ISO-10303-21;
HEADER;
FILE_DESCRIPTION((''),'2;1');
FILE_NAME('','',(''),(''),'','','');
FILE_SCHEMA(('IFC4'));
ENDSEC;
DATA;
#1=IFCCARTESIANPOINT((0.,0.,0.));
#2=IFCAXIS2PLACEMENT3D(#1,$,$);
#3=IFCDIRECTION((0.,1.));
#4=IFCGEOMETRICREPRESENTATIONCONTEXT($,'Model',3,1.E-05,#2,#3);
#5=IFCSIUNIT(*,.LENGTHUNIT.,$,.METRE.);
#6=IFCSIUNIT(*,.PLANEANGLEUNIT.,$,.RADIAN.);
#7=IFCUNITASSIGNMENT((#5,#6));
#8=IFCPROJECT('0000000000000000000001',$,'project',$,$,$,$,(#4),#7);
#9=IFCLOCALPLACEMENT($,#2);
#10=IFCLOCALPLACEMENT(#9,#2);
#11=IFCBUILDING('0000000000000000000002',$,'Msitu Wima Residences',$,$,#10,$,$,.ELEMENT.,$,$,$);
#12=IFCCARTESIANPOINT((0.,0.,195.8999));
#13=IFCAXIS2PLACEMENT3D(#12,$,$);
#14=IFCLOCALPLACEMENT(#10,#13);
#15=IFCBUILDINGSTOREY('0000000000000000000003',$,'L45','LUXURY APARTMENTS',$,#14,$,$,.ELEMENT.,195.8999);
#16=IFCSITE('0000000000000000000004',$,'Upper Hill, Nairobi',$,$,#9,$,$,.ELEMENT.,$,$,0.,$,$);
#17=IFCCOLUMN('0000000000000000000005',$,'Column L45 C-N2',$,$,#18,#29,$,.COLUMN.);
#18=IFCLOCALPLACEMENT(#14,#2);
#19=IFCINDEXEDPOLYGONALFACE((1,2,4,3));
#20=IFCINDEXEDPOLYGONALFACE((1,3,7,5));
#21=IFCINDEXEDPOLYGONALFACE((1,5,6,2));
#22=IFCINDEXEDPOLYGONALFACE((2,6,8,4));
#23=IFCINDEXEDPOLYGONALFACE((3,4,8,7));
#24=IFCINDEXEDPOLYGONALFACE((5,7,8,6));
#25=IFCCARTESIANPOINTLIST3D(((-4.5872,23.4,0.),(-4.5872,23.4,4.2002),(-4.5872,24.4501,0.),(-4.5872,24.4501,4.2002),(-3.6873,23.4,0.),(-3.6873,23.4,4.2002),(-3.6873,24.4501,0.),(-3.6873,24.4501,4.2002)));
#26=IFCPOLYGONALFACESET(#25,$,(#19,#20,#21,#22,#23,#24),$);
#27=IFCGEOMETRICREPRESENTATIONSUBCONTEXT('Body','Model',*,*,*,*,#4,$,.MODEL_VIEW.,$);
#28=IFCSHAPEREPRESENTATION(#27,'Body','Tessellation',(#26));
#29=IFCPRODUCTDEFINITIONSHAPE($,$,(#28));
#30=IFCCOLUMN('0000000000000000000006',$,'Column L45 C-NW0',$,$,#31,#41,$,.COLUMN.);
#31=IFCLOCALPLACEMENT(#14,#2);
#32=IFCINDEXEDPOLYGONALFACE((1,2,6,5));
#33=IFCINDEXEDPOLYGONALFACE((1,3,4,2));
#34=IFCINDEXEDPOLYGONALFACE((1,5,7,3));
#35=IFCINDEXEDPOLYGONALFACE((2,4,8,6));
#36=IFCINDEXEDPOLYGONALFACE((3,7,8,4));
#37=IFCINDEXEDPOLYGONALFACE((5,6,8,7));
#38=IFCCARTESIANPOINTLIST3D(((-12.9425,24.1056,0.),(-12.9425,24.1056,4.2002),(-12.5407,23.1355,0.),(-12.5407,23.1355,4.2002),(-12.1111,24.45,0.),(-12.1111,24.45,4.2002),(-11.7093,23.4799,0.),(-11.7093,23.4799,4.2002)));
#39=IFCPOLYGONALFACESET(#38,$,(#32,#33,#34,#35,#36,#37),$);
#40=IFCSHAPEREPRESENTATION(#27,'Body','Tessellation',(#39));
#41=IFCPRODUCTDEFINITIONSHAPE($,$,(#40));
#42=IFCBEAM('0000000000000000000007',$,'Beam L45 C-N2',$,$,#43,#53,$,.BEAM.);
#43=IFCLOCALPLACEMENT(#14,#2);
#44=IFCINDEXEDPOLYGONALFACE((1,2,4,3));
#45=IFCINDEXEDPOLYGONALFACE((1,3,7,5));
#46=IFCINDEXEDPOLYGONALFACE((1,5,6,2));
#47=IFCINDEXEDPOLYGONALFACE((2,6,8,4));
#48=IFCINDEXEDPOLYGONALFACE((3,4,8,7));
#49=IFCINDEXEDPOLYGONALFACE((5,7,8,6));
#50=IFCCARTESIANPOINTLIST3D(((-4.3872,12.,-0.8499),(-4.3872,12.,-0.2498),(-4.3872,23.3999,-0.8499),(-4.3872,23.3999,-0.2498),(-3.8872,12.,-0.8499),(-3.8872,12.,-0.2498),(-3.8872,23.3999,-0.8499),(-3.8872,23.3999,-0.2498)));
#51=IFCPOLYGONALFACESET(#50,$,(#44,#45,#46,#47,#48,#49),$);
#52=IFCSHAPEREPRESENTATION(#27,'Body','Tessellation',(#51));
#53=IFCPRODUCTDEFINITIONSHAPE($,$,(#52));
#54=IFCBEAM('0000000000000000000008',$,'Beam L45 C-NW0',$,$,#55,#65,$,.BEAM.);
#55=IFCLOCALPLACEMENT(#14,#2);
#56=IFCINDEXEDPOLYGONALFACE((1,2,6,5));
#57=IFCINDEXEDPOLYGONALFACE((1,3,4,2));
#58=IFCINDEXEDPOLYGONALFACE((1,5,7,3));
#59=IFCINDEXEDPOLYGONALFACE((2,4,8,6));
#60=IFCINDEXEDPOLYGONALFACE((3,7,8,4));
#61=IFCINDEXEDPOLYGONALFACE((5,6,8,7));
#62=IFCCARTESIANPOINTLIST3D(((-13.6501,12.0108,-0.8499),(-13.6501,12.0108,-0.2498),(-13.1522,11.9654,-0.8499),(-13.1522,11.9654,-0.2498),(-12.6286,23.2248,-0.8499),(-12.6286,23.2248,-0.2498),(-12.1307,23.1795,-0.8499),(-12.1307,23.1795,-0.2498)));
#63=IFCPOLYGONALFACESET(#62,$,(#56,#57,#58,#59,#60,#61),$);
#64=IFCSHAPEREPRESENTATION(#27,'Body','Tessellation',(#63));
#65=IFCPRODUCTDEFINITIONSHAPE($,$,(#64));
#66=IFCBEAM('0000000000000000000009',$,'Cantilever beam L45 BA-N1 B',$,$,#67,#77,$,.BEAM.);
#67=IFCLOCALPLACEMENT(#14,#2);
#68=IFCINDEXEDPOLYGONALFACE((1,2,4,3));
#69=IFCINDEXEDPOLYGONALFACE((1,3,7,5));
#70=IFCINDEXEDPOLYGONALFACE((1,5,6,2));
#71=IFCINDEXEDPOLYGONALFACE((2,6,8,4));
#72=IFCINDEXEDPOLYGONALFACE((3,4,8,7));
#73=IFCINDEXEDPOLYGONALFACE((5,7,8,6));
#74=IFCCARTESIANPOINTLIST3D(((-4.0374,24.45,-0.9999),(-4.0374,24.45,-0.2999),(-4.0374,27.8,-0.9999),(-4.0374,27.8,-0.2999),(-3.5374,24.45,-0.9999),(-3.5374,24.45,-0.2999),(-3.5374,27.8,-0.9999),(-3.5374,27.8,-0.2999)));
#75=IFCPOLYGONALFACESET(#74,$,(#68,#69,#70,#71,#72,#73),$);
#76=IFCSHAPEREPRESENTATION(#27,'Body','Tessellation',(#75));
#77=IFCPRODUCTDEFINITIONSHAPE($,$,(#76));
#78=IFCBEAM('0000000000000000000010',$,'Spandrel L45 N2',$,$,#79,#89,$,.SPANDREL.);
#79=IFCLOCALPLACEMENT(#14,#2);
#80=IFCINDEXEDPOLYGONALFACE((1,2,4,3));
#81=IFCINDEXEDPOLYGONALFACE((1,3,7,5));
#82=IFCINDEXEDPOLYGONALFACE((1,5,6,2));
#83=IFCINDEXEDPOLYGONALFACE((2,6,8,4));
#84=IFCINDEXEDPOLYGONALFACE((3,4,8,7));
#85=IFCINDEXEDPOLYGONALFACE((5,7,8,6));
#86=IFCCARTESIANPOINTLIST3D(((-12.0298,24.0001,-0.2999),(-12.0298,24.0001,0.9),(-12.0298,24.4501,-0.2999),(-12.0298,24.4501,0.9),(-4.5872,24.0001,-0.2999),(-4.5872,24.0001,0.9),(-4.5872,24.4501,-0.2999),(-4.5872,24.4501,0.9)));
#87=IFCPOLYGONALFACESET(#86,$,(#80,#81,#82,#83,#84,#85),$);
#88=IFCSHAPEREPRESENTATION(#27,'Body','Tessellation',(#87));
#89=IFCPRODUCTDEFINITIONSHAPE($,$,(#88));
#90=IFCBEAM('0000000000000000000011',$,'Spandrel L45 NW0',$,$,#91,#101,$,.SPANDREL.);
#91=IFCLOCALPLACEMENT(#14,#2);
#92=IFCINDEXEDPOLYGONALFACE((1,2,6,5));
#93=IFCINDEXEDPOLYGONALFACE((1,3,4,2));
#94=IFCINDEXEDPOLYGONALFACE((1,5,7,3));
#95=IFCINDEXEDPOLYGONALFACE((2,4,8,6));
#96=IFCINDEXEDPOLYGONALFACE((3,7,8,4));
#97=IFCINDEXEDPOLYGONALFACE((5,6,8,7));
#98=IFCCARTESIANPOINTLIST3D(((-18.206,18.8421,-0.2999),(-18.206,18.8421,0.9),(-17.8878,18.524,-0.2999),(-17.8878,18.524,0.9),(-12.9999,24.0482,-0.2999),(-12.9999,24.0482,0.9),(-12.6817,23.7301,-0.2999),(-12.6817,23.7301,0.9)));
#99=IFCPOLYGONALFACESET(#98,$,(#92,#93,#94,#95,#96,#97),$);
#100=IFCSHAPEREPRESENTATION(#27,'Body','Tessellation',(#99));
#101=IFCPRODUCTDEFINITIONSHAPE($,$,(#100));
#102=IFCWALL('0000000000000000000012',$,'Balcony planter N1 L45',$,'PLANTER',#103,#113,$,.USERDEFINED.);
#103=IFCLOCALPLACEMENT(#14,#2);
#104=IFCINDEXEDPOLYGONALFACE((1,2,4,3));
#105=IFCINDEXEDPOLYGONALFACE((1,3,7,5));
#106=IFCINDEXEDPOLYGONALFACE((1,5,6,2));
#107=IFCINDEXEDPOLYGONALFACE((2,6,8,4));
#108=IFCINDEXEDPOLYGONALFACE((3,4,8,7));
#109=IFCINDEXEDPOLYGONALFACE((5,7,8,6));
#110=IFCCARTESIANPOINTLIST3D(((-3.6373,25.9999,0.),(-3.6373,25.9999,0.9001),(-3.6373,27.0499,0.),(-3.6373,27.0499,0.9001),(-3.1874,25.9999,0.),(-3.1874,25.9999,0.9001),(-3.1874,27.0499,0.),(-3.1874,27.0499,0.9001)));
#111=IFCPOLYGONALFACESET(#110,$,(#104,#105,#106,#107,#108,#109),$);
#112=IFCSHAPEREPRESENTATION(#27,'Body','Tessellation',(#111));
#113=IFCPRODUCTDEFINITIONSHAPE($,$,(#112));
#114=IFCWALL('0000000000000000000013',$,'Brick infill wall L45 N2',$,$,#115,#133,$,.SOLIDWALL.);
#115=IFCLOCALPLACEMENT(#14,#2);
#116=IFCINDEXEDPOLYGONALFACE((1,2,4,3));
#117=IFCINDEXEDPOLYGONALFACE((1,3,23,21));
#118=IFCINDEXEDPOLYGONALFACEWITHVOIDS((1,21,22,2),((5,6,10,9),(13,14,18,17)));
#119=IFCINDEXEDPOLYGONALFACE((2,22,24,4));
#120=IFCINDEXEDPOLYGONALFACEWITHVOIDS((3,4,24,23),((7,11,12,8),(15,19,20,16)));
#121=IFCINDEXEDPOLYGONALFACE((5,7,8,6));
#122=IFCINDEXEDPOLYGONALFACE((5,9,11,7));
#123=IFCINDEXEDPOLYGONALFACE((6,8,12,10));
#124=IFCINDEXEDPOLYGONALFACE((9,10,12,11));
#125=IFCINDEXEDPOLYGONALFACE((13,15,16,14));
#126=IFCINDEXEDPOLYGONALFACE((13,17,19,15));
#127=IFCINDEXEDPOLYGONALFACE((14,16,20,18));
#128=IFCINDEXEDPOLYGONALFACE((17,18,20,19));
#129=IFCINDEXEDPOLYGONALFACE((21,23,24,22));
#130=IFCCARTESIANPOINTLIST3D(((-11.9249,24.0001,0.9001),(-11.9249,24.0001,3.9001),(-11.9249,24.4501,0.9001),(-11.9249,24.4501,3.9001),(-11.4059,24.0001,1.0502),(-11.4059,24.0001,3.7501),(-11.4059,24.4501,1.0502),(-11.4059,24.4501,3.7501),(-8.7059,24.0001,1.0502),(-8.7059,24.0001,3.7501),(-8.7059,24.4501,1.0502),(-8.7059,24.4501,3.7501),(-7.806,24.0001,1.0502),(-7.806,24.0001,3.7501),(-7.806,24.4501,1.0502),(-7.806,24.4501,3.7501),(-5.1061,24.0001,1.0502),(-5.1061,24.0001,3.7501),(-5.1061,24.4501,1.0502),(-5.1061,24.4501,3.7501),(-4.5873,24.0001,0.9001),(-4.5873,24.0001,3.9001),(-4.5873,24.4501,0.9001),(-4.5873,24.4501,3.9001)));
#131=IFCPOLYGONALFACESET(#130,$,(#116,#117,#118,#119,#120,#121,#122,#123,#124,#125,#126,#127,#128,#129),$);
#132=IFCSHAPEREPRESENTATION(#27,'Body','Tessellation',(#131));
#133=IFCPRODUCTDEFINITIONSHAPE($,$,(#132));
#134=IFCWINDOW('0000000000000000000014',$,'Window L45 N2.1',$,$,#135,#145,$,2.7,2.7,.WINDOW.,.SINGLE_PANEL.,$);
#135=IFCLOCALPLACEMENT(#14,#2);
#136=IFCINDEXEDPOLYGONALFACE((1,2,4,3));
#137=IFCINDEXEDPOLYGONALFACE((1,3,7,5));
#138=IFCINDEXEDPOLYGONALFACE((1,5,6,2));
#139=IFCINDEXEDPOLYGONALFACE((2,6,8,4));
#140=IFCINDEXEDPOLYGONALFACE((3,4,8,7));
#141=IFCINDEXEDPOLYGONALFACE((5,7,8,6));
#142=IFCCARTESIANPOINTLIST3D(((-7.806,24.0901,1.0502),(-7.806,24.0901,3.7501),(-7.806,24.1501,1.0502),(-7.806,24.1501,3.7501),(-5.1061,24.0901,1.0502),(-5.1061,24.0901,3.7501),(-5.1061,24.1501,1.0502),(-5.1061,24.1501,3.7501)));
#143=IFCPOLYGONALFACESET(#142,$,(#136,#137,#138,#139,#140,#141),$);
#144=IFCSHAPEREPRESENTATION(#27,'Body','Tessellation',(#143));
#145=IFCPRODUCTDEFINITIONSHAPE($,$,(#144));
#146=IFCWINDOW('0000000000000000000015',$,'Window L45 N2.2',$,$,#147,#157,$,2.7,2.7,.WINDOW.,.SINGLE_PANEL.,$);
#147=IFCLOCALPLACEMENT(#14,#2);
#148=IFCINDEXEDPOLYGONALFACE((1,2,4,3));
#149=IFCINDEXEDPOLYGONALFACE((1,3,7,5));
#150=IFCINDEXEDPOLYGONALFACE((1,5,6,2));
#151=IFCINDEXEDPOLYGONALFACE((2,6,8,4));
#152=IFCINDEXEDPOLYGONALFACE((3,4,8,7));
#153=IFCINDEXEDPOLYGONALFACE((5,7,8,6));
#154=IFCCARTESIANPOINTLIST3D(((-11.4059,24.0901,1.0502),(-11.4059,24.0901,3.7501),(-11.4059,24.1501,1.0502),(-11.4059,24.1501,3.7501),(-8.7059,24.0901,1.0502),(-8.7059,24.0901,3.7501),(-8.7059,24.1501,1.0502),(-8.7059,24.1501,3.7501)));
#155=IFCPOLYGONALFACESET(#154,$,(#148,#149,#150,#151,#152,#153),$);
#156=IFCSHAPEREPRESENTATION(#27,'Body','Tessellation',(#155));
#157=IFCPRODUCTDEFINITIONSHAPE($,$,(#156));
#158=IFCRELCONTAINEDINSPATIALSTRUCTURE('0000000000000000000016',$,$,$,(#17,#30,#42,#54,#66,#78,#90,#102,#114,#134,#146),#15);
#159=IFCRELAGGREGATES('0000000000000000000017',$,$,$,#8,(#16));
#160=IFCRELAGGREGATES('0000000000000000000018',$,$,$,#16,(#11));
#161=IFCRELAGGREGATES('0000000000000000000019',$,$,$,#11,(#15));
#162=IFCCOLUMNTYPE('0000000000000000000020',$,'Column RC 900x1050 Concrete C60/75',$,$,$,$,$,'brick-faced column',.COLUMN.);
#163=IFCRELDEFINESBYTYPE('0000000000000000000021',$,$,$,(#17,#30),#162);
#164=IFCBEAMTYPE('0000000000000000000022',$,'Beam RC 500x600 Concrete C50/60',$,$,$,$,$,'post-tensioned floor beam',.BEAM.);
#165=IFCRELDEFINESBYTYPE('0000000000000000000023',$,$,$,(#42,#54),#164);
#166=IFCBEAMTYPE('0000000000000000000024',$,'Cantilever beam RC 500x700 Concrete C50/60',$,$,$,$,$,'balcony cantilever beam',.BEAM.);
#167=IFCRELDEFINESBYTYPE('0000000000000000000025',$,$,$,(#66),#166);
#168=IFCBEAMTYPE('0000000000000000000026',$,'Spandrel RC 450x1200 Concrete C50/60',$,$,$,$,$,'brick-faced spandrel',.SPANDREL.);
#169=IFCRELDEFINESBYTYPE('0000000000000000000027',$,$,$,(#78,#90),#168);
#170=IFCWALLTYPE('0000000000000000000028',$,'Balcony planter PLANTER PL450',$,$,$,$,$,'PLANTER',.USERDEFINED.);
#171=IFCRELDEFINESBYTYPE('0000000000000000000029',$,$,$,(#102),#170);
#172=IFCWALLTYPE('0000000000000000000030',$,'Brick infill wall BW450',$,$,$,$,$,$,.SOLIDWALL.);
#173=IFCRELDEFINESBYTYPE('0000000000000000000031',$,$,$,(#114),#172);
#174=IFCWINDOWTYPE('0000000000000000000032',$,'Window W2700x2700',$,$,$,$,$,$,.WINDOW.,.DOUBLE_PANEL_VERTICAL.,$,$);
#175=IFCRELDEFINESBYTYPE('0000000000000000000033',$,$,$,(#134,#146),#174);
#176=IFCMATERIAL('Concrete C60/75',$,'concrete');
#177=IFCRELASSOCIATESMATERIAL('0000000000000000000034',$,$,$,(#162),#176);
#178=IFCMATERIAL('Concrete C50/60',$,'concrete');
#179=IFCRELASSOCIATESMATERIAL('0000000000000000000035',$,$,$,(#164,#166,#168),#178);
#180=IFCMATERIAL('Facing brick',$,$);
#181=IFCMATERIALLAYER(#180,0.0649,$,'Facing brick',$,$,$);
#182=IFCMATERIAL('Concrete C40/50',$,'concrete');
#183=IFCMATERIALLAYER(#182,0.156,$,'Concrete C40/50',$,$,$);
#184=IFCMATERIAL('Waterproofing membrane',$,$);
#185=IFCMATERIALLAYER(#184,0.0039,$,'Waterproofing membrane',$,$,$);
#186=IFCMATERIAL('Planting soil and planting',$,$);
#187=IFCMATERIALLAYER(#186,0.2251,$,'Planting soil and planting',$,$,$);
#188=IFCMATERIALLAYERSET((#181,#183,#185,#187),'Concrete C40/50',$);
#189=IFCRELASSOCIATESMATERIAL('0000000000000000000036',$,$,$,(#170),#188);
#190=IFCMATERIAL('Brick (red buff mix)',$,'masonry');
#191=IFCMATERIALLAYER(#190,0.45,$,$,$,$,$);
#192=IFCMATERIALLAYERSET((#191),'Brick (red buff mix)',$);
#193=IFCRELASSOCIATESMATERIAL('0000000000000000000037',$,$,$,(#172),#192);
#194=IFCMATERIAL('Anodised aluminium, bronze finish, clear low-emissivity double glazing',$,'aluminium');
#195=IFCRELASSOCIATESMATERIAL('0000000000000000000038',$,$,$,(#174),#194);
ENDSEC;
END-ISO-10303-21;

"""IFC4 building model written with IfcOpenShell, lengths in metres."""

from ifc_helpers import new_model, si_unit, direction, frame, frame_2d, origin, origin_2d, place, context, subcontext, project, spatial, rectangle, extrude, material, layer, layer_set, material_profile, profile_set, type_object, element, fill, save


model = new_model("IFC4")

# Units and contexts
model_context = context("Model", 3, precision=1e-05, world=origin(), true_north=direction((0.0, 1.0)))
body_context = subcontext(model_context, "Body", "Model", "MODEL_VIEW")
ifc_project = project(units=[si_unit("LENGTHUNIT", "METRE"), si_unit("PLANEANGLEUNIT", "RADIAN")], contexts=[model_context])

# Site, building, storey
site_placement = place(None, origin())
site = spatial("IfcSite", under=ifc_project, at=site_placement, Name="Upper Hill, Nairobi", CompositionType="ELEMENT", RefElevation=0.0)
building_placement = place(site_placement, origin())
building = spatial("IfcBuilding", under=site, at=building_placement, Name="Msitu Wima Residences", CompositionType="ELEMENT")
storey_placement = place(building_placement, frame((0.0, 0.0, 195.8999)))
storey = spatial("IfcBuildingStorey", under=building, at=storey_placement, Name="L45", Description="LUXURY APARTMENTS", CompositionType="ELEMENT", Elevation=195.8999)

# Columns
ifc_material_1 = material(Name="Concrete C60/75", Category="concrete")
ifc_material_profile_1 = material_profile(ifc_material_1, rectangle(XDim=0.8999, YDim=1.05, at=origin_2d()), Name="RC 900x1050")
ifc_profile_set_1 = profile_set([ifc_material_profile_1], Name="Concrete C60/75")
column_type = type_object("IfcColumnType", Name="Column RC 900x1050 Concrete C60/75", ElementType="brick-faced column", PredefinedType="COLUMN", material=ifc_profile_set_1)
for number, where, z_axis, x_axis, name in (
    (1, (-4.1372, 23.925, 0.0), (0.0, 0.0, 1.0), (-1.0, 0.0, 0.0), "Column L45 C-N2"),
    (2, (-12.3259, 23.7927, 0.0), (0.0, 0.0, 1.0), (-0.92388, -0.382683, 0.0), "Column L45 C-NW0"),
):
    element("IfcColumn", number, at=place(storey_placement, frame(where, z_axis=z_axis, x_axis=x_axis)), inside=storey, type_object=column_type, Name=name, PredefinedType="COLUMN", context=body_context, shape_type="SweptSolid", body=[
        extrude(rectangle(XDim=0.8999, YDim=1.05, at=origin_2d()), origin(), (0.0, 0.0, 1.0), 4.2002),
    ])

# Beams
ifc_material_2 = material(Name="Concrete C50/60", Category="concrete")
ifc_material_profile_2 = material_profile(ifc_material_2, rectangle(XDim=0.5, YDim=0.6001, at=origin_2d()), Name="RC 500x600")
ifc_profile_set_2 = profile_set([ifc_material_profile_2], Name="Concrete C50/60")
beam_type_1 = type_object("IfcBeamType", Name="Beam RC 500x600 Concrete C50/60", ElementType="post-tensioned floor beam", PredefinedType="BEAM", material=ifc_profile_set_2)
beam_1_placement = place(storey_placement, frame((-4.1372, 23.3999, -0.5498), z_axis=(0.0, -1.0, 0.0), x_axis=(1.0, 0.0, 0.0)))
element("IfcBeam", 3, at=beam_1_placement, inside=storey, type_object=beam_type_1, Name="Beam L45 C-N2", PredefinedType="BEAM", context=body_context, shape_type="SweptSolid", body=[
    extrude(rectangle(XDim=0.5, YDim=0.6001, at=origin_2d()), origin(), (0.0, 0.0, 1.0), 11.3999),
])
beam_2_placement = place(storey_placement, frame((-12.3796, 23.2021, -0.5498), z_axis=(-0.090714, -0.995877, 0.0), x_axis=(0.995877, -0.090714, 0.0)))
element("IfcBeam", 4, at=beam_2_placement, inside=storey, type_object=beam_type_1, Name="Beam L45 C-NW0", PredefinedType="BEAM", context=body_context, shape_type="SweptSolid", body=[
    extrude(rectangle(XDim=0.5, YDim=0.6001, at=origin_2d()), origin(), (0.0, 0.0, 1.0), 11.2605),
])
ifc_material_profile_3 = material_profile(ifc_material_2, rectangle(XDim=0.5, YDim=0.7, at=origin_2d()), Name="RC 500x700")
ifc_profile_set_3 = profile_set([ifc_material_profile_3], Name="Concrete C50/60")
beam_type_2 = type_object("IfcBeamType", Name="Cantilever beam RC 500x700 Concrete C50/60", ElementType="balcony cantilever beam", PredefinedType="BEAM", material=ifc_profile_set_3)
beam_3_placement = place(storey_placement, frame((-3.7874, 24.45, -0.6499), z_axis=(0.0, 1.0, 0.0), x_axis=(-1.0, 0.0, 0.0)))
element("IfcBeam", 5, at=beam_3_placement, inside=storey, type_object=beam_type_2, Name="Cantilever beam L45 BA-N1 B", PredefinedType="BEAM", context=body_context, shape_type="SweptSolid", body=[
    extrude(rectangle(XDim=0.5, YDim=0.7, at=origin_2d()), origin(), (0.0, 0.0, 1.0), 3.3501),
])
ifc_material_profile_4 = material_profile(ifc_material_2, rectangle(XDim=0.45, YDim=1.2, at=origin_2d()), Name="RC 450x1200")
ifc_profile_set_4 = profile_set([ifc_material_profile_4], Name="Concrete C50/60")
beam_type_3 = type_object("IfcBeamType", Name="Spandrel RC 450x1200 Concrete C50/60", ElementType="brick-faced spandrel", PredefinedType="SPANDREL", material=ifc_profile_set_4)
beam_4_placement = place(storey_placement, frame((-4.5872, 24.2251, 0.3), z_axis=(-1.0, 0.0, 0.0), x_axis=(0.0, -1.0, 0.0)))
element("IfcBeam", 6, at=beam_4_placement, inside=storey, type_object=beam_type_3, Name="Spandrel L45 N2", PredefinedType="SPANDREL", context=body_context, shape_type="SweptSolid", body=[
    extrude(rectangle(XDim=0.45, YDim=1.2, at=origin_2d()), origin(), (0.0, 0.0, 1.0), 7.4426),
])
beam_5_placement = place(storey_placement, frame((-12.8408, 23.8892, 0.3), z_axis=(-0.707107, -0.707107, 0.0), x_axis=(0.707107, -0.707107, 0.0)))
element("IfcBeam", 7, at=beam_5_placement, inside=storey, type_object=beam_type_3, Name="Spandrel L45 NW0", PredefinedType="SPANDREL", context=body_context, shape_type="SweptSolid", body=[
    extrude(rectangle(XDim=0.45, YDim=1.2, at=origin_2d()), origin(), (0.0, 0.0, 1.0), 7.3625),
])

# Wall
ifc_material_3 = material(Name="Facing brick")
ifc_layer_1 = layer(ifc_material_3, 0.0649, Name="Facing brick")
ifc_material_4 = material(Name="Concrete C40/50", Category="concrete")
ifc_layer_2 = layer(ifc_material_4, 0.156, Name="Concrete C40/50")
ifc_material_5 = material(Name="Waterproofing membrane")
ifc_layer_3 = layer(ifc_material_5, 0.0039, Name="Waterproofing membrane")
ifc_material_6 = material(Name="Planting soil and planting")
ifc_layer_4 = layer(ifc_material_6, 0.2251, Name="Planting soil and planting")
ifc_layer_set_1 = layer_set([ifc_layer_1, ifc_layer_2, ifc_layer_3, ifc_layer_4], Name="Concrete C40/50")
wall_type_1 = type_object("IfcWallType", Name="Balcony planter PLANTER PL450", ElementType="PLANTER", PredefinedType="USERDEFINED", material=ifc_layer_set_1)
wall_1_placement = place(storey_placement, frame((-3.4124, 26.0, 0.0), z_axis=(0.0, 0.0, 1.0), x_axis=(0.0, 1.0, 0.0)))
element("IfcWall", 8, at=wall_1_placement, inside=storey, type_object=wall_type_1, Name="Balcony planter N1 L45", ObjectType="PLANTER", PredefinedType="USERDEFINED", context=body_context, shape_type="SweptSolid", body=[
    extrude(rectangle(XDim=1.05, YDim=0.45, at=frame_2d((0.5249, 0.0))), origin(), (0.0, 0.0, 1.0), 0.9001),
])

# Wall, openings, windows
ifc_material_7 = material(Name="Brick (red buff mix)", Category="masonry")
ifc_layer_5 = layer(ifc_material_7, 0.45)
ifc_layer_set_2 = layer_set([ifc_layer_5], Name="Brick (red buff mix)")
wall_type_2 = type_object("IfcWallType", Name="Brick infill wall BW450", PredefinedType="SOLIDWALL", material=ifc_layer_set_2)
wall_2_placement = place(storey_placement, frame((-4.5872, 24.2251, 0.9001), z_axis=(0.0, 0.0, 1.0), x_axis=(-1.0, 0.0, 0.0)))
wall_2 = element("IfcWall", 9, at=wall_2_placement, inside=storey, type_object=wall_type_2, Name="Brick infill wall L45 N2", PredefinedType="SOLIDWALL", context=body_context, shape_type="SweptSolid", body=[
    extrude(rectangle(XDim=7.3376, YDim=0.45, at=frame_2d((3.6689, 0.0))), origin(), (0.0, 0.0, 1.0), 3.0),
])
opening_1_placement = place(wall_2_placement, frame((0.5188, 0.0, 0.1499)))
opening_1 = element("IfcOpeningElement", 10, at=opening_1_placement, cuts=wall_2, PredefinedType="OPENING", context=body_context, shape_type="SweptSolid", body=[
    extrude(rectangle(XDim=2.7, YDim=2.7, at=frame_2d((1.3501, 1.3501))), frame((0.0, 0.2349, 0.0), z_axis=(0.0, -1.0, 0.0), x_axis=(1.0, 0.0, 0.0)), (0.0, 0.0, 1.0), 0.47),
])
opening_2_placement = place(wall_2_placement, frame((4.1187, 0.0, 0.1499)))
opening_2 = element("IfcOpeningElement", 11, at=opening_2_placement, cuts=wall_2, PredefinedType="OPENING", context=body_context, shape_type="SweptSolid", body=[
    extrude(rectangle(XDim=2.7, YDim=2.7, at=frame_2d((1.3501, 1.3501))), frame((0.0, 0.2349, 0.0), z_axis=(0.0, -1.0, 0.0), x_axis=(1.0, 0.0, 0.0)), (0.0, 0.0, 1.0), 0.47),
])
ifc_material_8 = material(Name="Anodised aluminium, bronze finish, clear low-emissivity double glazing", Category="aluminium")
window_type = type_object("IfcWindowType", Name="Window W2700x2700", PartitioningType="DOUBLE_PANEL_VERTICAL", PredefinedType="WINDOW", material=ifc_material_8)
window_1_placement = place(opening_1_placement, origin())
window_1 = element("IfcWindow", 12, at=window_1_placement, inside=storey, type_object=window_type, Name="Window L45 N2.1", OverallHeight=2.7, OverallWidth=2.7, PartitioningType="SINGLE_PANEL", PredefinedType="WINDOW", context=body_context, shape_type="SweptSolid", body=[
    extrude(rectangle(XDim=2.7, YDim=2.7, at=frame_2d((1.3501, 1.3501))), frame((0.0, 0.135, 0.0), z_axis=(0.0, -1.0, 0.0), x_axis=(1.0, 0.0, 0.0)), (0.0, 0.0, 1.0), 0.0601),
])
fill(opening_1, window_1)
window_2_placement = place(opening_2_placement, origin())
window_2 = element("IfcWindow", 13, at=window_2_placement, inside=storey, type_object=window_type, Name="Window L45 N2.2", OverallHeight=2.7, OverallWidth=2.7, PartitioningType="SINGLE_PANEL", PredefinedType="WINDOW", context=body_context, shape_type="SweptSolid", body=[
    extrude(rectangle(XDim=2.7, YDim=2.7, at=frame_2d((1.3501, 1.3501))), frame((0.0, 0.135, 0.0), z_axis=(0.0, -1.0, 0.0), x_axis=(1.0, 0.0, 0.0)), (0.0, 0.0, 1.0), 0.0601),
])
fill(opening_2, window_2)

save(model, "model.ifc")
